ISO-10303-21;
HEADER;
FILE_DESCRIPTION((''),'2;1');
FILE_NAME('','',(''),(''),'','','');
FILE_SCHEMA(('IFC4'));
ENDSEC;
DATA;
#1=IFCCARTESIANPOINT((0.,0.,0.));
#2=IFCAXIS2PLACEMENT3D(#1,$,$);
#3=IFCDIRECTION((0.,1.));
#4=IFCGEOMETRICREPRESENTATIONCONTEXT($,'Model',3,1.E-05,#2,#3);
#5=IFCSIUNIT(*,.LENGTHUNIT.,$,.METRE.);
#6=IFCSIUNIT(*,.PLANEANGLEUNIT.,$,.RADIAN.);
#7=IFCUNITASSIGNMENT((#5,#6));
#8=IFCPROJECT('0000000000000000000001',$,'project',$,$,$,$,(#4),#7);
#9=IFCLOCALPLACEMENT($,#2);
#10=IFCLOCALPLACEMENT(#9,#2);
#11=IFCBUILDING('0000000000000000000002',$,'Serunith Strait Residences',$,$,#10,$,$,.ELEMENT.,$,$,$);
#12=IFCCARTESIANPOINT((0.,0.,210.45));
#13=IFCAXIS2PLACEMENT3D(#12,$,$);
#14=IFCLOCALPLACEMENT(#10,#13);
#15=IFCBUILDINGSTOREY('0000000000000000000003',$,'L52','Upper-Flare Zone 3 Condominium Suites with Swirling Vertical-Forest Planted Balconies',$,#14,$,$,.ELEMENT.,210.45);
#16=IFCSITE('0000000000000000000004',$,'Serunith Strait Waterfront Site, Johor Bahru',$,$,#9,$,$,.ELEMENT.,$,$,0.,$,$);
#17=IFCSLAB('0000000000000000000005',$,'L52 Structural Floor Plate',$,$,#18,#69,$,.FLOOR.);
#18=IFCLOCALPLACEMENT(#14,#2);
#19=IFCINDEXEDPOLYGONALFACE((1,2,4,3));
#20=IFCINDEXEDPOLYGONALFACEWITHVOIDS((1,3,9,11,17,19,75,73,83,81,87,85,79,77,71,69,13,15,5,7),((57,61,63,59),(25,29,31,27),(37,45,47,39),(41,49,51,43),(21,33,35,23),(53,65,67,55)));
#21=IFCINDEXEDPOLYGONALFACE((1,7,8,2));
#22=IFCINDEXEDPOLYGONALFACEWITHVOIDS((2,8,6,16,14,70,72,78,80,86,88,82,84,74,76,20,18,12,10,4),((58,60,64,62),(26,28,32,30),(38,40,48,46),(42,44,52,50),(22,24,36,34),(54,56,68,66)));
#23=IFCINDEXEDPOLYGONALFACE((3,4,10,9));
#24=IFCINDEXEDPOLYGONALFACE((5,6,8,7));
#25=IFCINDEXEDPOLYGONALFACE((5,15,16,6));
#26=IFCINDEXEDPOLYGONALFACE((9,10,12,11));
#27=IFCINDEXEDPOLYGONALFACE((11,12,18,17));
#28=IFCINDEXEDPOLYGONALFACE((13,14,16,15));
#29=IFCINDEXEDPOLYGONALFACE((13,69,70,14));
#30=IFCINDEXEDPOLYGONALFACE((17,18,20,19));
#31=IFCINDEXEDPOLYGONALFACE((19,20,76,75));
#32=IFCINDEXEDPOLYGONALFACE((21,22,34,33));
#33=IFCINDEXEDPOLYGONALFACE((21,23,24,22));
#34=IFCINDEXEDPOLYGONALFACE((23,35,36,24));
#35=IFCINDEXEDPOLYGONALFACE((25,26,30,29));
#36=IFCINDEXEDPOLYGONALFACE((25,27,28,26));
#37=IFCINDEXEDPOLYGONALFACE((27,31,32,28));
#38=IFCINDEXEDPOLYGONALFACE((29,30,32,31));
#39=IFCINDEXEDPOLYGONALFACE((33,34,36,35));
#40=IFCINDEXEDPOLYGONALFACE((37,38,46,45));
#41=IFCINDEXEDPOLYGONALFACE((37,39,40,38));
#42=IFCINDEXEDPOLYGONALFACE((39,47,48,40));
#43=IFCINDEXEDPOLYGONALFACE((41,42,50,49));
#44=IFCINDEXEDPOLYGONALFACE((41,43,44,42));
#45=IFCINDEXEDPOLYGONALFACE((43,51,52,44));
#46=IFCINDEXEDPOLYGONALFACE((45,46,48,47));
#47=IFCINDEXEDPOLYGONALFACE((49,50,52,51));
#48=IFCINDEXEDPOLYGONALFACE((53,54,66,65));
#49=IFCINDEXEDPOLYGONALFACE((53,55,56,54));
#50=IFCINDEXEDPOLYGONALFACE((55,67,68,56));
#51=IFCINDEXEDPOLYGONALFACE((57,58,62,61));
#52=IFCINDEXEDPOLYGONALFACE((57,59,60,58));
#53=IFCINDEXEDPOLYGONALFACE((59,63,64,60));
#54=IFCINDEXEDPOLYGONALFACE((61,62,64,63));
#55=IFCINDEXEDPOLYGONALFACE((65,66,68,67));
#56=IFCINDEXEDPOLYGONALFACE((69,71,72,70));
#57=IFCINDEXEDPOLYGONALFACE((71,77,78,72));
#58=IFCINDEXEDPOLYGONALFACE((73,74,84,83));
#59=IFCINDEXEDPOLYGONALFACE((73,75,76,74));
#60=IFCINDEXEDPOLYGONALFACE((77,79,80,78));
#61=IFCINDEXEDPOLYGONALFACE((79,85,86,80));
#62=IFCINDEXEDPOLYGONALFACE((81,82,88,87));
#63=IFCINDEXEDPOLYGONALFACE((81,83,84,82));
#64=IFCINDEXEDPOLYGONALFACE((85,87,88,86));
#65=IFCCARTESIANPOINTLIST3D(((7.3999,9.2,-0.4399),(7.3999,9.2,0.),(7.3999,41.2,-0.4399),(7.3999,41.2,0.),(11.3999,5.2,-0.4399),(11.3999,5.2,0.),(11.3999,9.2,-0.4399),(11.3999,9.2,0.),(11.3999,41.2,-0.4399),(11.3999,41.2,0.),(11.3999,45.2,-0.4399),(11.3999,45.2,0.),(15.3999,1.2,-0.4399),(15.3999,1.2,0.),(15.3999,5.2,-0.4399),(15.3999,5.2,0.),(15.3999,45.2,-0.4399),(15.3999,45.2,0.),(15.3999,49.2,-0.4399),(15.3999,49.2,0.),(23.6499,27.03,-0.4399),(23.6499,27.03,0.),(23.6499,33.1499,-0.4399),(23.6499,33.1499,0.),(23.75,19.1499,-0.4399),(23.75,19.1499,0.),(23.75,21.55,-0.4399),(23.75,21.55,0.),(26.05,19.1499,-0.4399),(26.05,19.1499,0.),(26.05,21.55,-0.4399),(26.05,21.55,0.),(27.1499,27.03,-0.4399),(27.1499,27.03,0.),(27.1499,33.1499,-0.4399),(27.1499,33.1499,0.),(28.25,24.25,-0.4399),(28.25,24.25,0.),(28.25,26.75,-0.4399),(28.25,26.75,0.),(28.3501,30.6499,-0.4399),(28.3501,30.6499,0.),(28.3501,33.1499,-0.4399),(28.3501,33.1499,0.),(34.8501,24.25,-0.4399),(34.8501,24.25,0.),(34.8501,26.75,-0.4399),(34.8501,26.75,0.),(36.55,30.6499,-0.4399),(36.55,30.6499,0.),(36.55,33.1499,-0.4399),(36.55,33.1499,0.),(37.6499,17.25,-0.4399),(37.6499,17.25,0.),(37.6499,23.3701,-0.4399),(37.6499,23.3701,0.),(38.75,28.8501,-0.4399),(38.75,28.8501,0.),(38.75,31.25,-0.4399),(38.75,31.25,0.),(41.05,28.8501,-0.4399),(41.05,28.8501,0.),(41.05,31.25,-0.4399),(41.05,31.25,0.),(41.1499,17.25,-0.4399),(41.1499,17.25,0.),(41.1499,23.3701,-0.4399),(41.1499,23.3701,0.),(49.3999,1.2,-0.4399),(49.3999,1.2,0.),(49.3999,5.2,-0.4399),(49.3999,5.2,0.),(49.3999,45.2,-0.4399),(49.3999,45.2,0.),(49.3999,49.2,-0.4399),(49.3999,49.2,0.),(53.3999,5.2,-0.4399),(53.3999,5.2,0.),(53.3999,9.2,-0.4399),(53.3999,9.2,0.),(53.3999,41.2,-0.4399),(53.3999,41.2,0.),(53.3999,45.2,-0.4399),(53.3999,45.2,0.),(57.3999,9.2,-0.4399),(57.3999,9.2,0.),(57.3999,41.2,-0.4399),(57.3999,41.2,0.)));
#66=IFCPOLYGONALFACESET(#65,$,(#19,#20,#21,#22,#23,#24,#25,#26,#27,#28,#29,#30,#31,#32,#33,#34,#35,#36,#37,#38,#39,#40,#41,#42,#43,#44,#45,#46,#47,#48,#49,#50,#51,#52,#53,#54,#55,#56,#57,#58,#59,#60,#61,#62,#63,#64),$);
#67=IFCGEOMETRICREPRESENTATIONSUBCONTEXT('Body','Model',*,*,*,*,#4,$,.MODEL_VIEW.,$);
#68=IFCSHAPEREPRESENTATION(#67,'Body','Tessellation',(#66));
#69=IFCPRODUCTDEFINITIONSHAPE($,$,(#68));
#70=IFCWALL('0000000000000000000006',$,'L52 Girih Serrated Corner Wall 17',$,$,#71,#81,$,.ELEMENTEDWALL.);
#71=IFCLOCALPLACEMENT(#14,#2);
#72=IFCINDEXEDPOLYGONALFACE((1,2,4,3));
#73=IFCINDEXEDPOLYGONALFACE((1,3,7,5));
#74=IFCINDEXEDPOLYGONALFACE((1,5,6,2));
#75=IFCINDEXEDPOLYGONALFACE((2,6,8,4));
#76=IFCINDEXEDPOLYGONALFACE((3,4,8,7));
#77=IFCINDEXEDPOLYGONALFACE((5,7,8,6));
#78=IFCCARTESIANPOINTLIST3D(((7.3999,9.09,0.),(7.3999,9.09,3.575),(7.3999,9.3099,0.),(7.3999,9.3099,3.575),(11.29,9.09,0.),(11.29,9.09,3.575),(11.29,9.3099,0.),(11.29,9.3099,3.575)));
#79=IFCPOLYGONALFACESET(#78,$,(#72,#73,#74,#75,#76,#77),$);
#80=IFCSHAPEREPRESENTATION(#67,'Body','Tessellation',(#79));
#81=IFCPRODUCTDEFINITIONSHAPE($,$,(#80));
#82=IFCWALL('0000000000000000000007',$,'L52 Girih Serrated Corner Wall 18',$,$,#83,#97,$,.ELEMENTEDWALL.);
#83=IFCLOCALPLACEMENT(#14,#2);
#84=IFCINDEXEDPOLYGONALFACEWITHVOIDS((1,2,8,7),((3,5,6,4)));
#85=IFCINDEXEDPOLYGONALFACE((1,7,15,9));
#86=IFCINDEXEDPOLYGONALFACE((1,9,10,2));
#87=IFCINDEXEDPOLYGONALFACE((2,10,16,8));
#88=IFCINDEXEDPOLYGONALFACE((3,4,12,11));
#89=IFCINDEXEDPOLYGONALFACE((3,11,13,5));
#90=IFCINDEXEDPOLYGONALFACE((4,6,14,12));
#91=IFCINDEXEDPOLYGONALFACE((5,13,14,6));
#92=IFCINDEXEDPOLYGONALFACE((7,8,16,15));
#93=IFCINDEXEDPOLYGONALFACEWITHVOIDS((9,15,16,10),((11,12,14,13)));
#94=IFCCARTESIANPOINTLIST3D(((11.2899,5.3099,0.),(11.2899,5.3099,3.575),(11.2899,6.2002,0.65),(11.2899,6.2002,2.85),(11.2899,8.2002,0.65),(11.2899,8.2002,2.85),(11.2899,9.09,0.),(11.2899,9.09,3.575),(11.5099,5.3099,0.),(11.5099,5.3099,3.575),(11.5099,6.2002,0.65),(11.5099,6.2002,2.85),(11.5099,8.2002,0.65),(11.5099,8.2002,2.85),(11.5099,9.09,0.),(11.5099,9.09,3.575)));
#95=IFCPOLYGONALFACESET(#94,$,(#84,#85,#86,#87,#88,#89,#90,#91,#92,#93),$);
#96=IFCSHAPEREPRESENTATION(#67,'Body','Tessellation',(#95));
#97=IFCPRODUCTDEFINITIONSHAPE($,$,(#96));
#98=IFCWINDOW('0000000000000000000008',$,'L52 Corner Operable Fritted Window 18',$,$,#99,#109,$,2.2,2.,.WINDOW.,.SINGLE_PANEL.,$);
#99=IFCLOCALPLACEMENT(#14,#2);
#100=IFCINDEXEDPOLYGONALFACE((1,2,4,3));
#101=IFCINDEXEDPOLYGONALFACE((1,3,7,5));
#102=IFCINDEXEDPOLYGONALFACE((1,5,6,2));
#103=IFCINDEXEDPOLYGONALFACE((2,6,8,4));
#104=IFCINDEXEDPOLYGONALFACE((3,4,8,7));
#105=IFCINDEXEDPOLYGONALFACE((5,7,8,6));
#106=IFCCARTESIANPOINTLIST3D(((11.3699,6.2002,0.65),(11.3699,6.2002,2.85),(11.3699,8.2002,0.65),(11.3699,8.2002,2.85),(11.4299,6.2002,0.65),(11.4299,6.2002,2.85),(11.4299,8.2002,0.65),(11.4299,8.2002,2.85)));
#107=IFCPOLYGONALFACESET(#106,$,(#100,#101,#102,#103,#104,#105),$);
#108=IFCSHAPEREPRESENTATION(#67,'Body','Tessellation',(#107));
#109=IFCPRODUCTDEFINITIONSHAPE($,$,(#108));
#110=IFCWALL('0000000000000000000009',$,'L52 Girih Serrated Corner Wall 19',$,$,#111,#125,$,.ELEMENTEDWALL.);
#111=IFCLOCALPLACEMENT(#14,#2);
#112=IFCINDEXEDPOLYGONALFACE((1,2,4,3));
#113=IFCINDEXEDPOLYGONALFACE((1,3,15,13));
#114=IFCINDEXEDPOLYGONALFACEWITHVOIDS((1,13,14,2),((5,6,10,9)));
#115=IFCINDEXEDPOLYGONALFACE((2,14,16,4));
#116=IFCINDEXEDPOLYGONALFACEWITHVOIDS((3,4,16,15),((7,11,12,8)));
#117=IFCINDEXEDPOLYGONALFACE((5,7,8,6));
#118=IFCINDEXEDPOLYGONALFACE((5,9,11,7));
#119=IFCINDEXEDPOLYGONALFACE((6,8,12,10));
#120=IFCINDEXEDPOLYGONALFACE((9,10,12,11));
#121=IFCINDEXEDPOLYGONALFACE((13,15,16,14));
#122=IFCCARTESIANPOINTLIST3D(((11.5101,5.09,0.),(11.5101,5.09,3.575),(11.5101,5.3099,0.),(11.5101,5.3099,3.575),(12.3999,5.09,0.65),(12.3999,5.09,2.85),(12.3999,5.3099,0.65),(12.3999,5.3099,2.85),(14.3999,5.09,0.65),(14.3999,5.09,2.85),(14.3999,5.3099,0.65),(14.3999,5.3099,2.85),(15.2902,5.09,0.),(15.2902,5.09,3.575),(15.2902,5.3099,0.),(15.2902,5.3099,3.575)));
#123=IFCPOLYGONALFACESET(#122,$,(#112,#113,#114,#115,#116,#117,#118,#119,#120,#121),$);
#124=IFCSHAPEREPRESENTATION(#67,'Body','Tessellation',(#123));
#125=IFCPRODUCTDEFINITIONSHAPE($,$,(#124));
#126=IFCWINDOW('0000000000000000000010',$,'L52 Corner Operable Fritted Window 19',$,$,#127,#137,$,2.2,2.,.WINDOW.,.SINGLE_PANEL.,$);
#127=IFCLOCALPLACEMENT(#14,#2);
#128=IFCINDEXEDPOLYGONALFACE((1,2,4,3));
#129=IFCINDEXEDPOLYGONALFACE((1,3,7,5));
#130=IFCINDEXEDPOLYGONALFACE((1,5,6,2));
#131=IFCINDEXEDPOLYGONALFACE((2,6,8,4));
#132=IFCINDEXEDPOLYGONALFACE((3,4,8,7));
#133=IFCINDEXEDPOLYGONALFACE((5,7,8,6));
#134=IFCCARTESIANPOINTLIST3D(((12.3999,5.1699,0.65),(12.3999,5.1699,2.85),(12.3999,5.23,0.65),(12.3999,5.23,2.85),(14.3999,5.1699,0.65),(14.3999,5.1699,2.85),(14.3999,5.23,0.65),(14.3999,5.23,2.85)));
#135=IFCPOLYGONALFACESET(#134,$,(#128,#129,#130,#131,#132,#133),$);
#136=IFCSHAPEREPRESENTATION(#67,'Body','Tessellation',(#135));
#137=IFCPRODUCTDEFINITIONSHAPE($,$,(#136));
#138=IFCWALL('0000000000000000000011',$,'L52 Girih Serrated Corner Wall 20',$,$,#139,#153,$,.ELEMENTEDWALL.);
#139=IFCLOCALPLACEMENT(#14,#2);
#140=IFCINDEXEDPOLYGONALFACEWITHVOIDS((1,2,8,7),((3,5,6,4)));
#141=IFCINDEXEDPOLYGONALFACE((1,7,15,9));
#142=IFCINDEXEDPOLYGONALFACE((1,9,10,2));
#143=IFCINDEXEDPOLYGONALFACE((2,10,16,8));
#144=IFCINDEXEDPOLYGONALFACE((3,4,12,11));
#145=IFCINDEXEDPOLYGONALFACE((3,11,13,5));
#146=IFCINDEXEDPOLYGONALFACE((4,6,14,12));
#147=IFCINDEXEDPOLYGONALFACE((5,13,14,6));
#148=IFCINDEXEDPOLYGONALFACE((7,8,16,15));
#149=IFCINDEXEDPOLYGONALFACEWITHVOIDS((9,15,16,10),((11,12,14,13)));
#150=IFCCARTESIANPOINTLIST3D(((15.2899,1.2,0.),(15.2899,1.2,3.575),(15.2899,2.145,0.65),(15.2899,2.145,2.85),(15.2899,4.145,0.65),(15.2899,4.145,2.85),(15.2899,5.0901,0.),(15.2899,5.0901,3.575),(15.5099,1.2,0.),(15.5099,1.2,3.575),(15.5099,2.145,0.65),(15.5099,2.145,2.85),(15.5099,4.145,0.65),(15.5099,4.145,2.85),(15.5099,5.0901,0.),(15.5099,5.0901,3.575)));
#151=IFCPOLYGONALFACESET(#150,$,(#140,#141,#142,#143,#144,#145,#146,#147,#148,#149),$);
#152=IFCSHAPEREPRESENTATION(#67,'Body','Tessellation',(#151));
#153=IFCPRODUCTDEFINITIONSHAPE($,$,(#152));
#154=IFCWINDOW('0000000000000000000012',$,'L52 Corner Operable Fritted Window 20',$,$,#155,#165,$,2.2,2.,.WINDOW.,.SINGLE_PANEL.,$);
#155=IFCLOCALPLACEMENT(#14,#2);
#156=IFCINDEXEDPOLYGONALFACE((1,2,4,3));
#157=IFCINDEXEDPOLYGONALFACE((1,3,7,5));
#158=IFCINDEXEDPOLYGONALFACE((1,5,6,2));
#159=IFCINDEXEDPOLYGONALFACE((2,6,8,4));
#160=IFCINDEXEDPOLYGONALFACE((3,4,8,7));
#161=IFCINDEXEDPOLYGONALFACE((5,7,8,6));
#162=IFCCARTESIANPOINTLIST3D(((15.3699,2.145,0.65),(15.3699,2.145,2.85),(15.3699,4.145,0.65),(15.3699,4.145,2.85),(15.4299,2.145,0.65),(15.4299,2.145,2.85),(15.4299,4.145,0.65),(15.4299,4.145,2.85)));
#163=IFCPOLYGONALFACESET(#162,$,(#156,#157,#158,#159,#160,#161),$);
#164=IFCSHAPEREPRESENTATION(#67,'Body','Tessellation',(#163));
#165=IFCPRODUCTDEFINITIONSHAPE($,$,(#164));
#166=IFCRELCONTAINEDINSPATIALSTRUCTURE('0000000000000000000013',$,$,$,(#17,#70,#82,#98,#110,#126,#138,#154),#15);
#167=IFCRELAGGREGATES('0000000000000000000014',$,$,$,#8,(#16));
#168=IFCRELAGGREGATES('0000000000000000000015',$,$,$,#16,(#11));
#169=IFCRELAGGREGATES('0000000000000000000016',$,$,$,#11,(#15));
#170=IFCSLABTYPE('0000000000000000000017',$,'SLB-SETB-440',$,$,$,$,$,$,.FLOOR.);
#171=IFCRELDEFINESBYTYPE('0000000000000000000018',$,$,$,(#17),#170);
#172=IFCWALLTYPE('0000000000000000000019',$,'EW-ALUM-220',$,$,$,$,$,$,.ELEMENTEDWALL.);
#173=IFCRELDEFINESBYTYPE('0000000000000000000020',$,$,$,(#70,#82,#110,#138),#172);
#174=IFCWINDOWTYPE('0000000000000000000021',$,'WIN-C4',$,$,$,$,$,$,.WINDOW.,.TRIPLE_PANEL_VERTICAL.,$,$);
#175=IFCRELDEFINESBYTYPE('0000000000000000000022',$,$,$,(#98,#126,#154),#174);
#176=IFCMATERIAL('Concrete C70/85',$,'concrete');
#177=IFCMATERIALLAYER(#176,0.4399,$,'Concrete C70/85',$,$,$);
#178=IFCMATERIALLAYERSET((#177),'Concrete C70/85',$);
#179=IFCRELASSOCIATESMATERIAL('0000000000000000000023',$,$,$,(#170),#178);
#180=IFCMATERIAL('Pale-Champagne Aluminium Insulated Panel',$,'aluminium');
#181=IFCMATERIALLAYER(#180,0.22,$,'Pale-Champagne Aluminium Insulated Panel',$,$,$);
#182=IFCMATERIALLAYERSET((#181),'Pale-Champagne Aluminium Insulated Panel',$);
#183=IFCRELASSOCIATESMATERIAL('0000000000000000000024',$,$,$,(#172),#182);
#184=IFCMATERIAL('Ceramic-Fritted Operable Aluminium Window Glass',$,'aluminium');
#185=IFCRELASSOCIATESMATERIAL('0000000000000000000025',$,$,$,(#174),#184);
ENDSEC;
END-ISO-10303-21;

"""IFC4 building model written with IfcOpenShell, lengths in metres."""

from ifc_helpers import new_model, si_unit, direction, frame, frame_2d, origin, place, context, subcontext, project, spatial, polyline, rectangle, outline, extrude, source, transform, mapped, material, layer, layer_set, type_object, element, fill, save


model = new_model("IFC4")

# Units and contexts
model_context = context("Model", 3, precision=1e-05, world=origin(), true_north=direction((0.0, 1.0)))
body_context = subcontext(model_context, "Body", "Model", "MODEL_VIEW")
ifc_project = project(units=[si_unit("LENGTHUNIT", "METRE"), si_unit("PLANEANGLEUNIT", "RADIAN")], contexts=[model_context])

# Site, building, storey
site_placement = place(None, origin())
site = spatial("IfcSite", under=ifc_project, at=site_placement, Name="Serunith Strait Waterfront Site, Johor Bahru", CompositionType="ELEMENT", RefElevation=0.0)
building_placement = place(site_placement, origin())
building = spatial("IfcBuilding", under=site, at=building_placement, Name="Serunith Strait Residences", CompositionType="ELEMENT")
storey_placement = place(building_placement, frame((0.0, 0.0, 210.45)))
storey = spatial("IfcBuildingStorey", under=building, at=storey_placement, Name="L52", Description="Upper-Flare Zone 3 Condominium Suites with Swirling Vertical-Forest Planted Balconies", CompositionType="ELEMENT", Elevation=210.45)

# Slab
ifc_material_1 = material(Name="Concrete C70/85", Category="concrete")
ifc_layer_1 = layer(ifc_material_1, 0.4399, Name="Concrete C70/85")
ifc_layer_set_1 = layer_set([ifc_layer_1], Name="Concrete C70/85")
slab_type_1 = type_object("IfcSlabType", Name="SLB-SETB-440", PredefinedType="FLOOR", material=ifc_layer_set_1)
slab_1_placement = place(storey_placement, frame((0.0, 0.0, -0.4399)))
element("IfcSlab", 1, at=slab_1_placement, inside=storey, type_object=slab_type_1, Name="L52 Structural Floor Plate", PredefinedType="FLOOR", context=body_context, shape_type="SweptSolid", body=[
    extrude(outline(polyline([(15.3999, 5.2), (11.3999, 5.2), (11.3999, 9.2), (7.3999, 9.2), (7.3999, 41.2), (11.3999, 41.2), (11.3999, 45.2), (15.3999, 45.2), (15.3999, 49.2), (49.3999, 49.2), (49.3999, 45.2), (53.3999, 45.2), (53.3999, 41.2), (57.3999, 41.2), (57.3999, 9.2), (53.3999, 9.2), (53.3999, 5.2), (49.3999, 5.2), (49.3999, 1.2), (15.3999, 1.2), (15.3999, 5.2)]), holes=[polyline([(41.1499, 23.3701), (37.6499, 23.3701), (37.6499, 17.25), (41.1499, 17.25), (41.1499, 23.3701)]), polyline([(38.75, 31.25), (38.75, 28.8501), (41.05, 28.8501), (41.05, 31.25), (38.75, 31.25)]), polyline([(36.55, 33.1499), (28.3501, 33.1499), (28.3501, 30.6499), (36.55, 30.6499), (36.55, 33.1499)]), polyline([(34.8501, 26.75), (28.25, 26.75), (28.25, 24.25), (34.8501, 24.25), (34.8501, 26.75)]), polyline([(23.6499, 33.1499), (23.6499, 27.03), (27.1499, 27.03), (27.1499, 33.1499), (23.6499, 33.1499)]), polyline([(26.05, 21.55), (23.75, 21.55), (23.75, 19.1499), (26.05, 19.1499), (26.05, 21.55)])]), origin(), (0.0, 0.0, 1.0), 0.4399),
])

# Wall
ifc_material_2 = material(Name="Pale-Champagne Aluminium Insulated Panel", Category="aluminium")
ifc_layer_2 = layer(ifc_material_2, 0.22, Name="Pale-Champagne Aluminium Insulated Panel")
ifc_layer_set_2 = layer_set([ifc_layer_2], Name="Pale-Champagne Aluminium Insulated Panel")
wall_type_1 = type_object("IfcWallType", Name="EW-ALUM-220", PredefinedType="ELEMENTEDWALL", material=ifc_layer_set_2)
wall_1_placement = place(storey_placement, frame((7.3999, 9.2, 0.0), z_axis=(0.0, 0.0, 1.0), x_axis=(1.0, 0.0, 0.0)))
element("IfcWall", 2, at=wall_1_placement, inside=storey, type_object=wall_type_1, Name="L52 Girih Serrated Corner Wall 17", PredefinedType="ELEMENTEDWALL", context=body_context, shape_type="SweptSolid", body=[
    extrude(rectangle(XDim=3.8901, YDim=0.22, at=frame_2d((1.9451, 0.0))), origin(), (0.0, 0.0, 1.0), 3.575),
])

# Walls, openings, windows
wall_2_placement = place(storey_placement, frame((11.3999, 9.0901, 0.0), z_axis=(0.0, 0.0, 1.0), x_axis=(0.0, -1.0, 0.0)))
wall_2 = element("IfcWall", 3, at=wall_2_placement, inside=storey, type_object=wall_type_1, Name="L52 Girih Serrated Corner Wall 18", PredefinedType="ELEMENTEDWALL", context=body_context, shape_type="SweptSolid", body=[
    extrude(rectangle(XDim=3.78, YDim=0.22, at=frame_2d((1.8901, 0.0))), origin(), (0.0, 0.0, 1.0), 3.575),
])
opening_1_placement = place(wall_2_placement, frame((0.8899, 0.0, 0.6499)))
opening_1 = element("IfcOpeningElement", 4, at=opening_1_placement, cuts=wall_2, PredefinedType="OPENING", context=body_context, shape_type="SweptSolid", body=[
    extrude(rectangle(XDim=2.0, YDim=2.2, at=frame_2d((1.0, 1.1001))), frame((0.0, 0.1201, 0.0), z_axis=(0.0, -1.0, 0.0), x_axis=(1.0, 0.0, 0.0)), (0.0, 0.0, 1.0), 0.24),
])
ifc_material_3 = material(Name="Ceramic-Fritted Operable Aluminium Window Glass", Category="aluminium")
window_type = type_object("IfcWindowType", Name="WIN-C4", PartitioningType="TRIPLE_PANEL_VERTICAL", PredefinedType="WINDOW", material=ifc_material_3)
shared_shape_1 = source(origin(), body_context, "Body", "SweptSolid", [
    extrude(rectangle(XDim=2.0, YDim=2.2, at=frame_2d((1.0, 1.1001))), frame((0.0, 0.03, 0.0), z_axis=(0.0, -1.0, 0.0), x_axis=(1.0, 0.0, 0.0)), (0.0, 0.0, 1.0), 0.0601),
])
window_1_placement = place(opening_1_placement, origin())
window_1 = element("IfcWindow", 5, at=window_1_placement, inside=storey, type_object=window_type, Name="L52 Corner Operable Fritted Window 18", OverallHeight=2.2, OverallWidth=2.0, PartitioningType="SINGLE_PANEL", PredefinedType="WINDOW", context=body_context, shape_type="MappedRepresentation", body=[
    mapped(shared_shape_1, transform((0.0, 0.0, 0.0), scale=1.0)),
])
fill(opening_1, window_1)
wall_3_placement = place(storey_placement, frame((11.51, 5.2, 0.0), z_axis=(0.0, 0.0, 1.0), x_axis=(1.0, 0.0, 0.0)))
wall_3 = element("IfcWall", 6, at=wall_3_placement, inside=storey, type_object=wall_type_1, Name="L52 Girih Serrated Corner Wall 19", PredefinedType="ELEMENTEDWALL", context=body_context, shape_type="SweptSolid", body=[
    extrude(rectangle(XDim=3.78, YDim=0.22, at=frame_2d((1.8901, 0.0))), origin(), (0.0, 0.0, 1.0), 3.575),
])
opening_2_placement = place(wall_3_placement, frame((0.8899, 0.0, 0.6499)))
opening_2 = element("IfcOpeningElement", 7, at=opening_2_placement, cuts=wall_3, PredefinedType="OPENING", context=body_context, shape_type="SweptSolid", body=[
    extrude(rectangle(XDim=2.0, YDim=2.2, at=frame_2d((1.0, 1.1001))), frame((0.0, 0.1201, 0.0), z_axis=(0.0, -1.0, 0.0), x_axis=(1.0, 0.0, 0.0)), (0.0, 0.0, 1.0), 0.24),
])
window_2_placement = place(opening_2_placement, origin())
window_2 = element("IfcWindow", 8, at=window_2_placement, inside=storey, type_object=window_type, Name="L52 Corner Operable Fritted Window 19", OverallHeight=2.2, OverallWidth=2.0, PartitioningType="SINGLE_PANEL", PredefinedType="WINDOW", context=body_context, shape_type="MappedRepresentation", body=[
    mapped(shared_shape_1, transform((0.0, 0.0, 0.0), scale=1.0)),
])
fill(opening_2, window_2)
wall_4_placement = place(storey_placement, frame((15.3999, 5.0901, 0.0), z_axis=(0.0, 0.0, 1.0), x_axis=(0.0, -1.0, 0.0)))
wall_4 = element("IfcWall", 9, at=wall_4_placement, inside=storey, type_object=wall_type_1, Name="L52 Girih Serrated Corner Wall 20", PredefinedType="ELEMENTEDWALL", context=body_context, shape_type="SweptSolid", body=[
    extrude(rectangle(XDim=3.8901, YDim=0.22, at=frame_2d((1.9451, 0.0))), origin(), (0.0, 0.0, 1.0), 3.575),
])
opening_3_placement = place(wall_4_placement, frame((0.9451, 0.0, 0.6499)))
opening_3 = element("IfcOpeningElement", 10, at=opening_3_placement, cuts=wall_4, PredefinedType="OPENING", context=body_context, shape_type="SweptSolid", body=[
    extrude(rectangle(XDim=2.0, YDim=2.2, at=frame_2d((1.0, 1.1001))), frame((0.0, 0.1201, 0.0), z_axis=(0.0, -1.0, 0.0), x_axis=(1.0, 0.0, 0.0)), (0.0, 0.0, 1.0), 0.24),
])
window_3_placement = place(opening_3_placement, origin())
window_3 = element("IfcWindow", 11, at=window_3_placement, inside=storey, type_object=window_type, Name="L52 Corner Operable Fritted Window 20", OverallHeight=2.2, OverallWidth=2.0, PartitioningType="SINGLE_PANEL", PredefinedType="WINDOW", context=body_context, shape_type="MappedRepresentation", body=[
    mapped(shared_shape_1, transform((0.0, 0.0, 0.0), scale=1.0)),
])
fill(opening_3, window_3)

save(model, "model.ifc")
